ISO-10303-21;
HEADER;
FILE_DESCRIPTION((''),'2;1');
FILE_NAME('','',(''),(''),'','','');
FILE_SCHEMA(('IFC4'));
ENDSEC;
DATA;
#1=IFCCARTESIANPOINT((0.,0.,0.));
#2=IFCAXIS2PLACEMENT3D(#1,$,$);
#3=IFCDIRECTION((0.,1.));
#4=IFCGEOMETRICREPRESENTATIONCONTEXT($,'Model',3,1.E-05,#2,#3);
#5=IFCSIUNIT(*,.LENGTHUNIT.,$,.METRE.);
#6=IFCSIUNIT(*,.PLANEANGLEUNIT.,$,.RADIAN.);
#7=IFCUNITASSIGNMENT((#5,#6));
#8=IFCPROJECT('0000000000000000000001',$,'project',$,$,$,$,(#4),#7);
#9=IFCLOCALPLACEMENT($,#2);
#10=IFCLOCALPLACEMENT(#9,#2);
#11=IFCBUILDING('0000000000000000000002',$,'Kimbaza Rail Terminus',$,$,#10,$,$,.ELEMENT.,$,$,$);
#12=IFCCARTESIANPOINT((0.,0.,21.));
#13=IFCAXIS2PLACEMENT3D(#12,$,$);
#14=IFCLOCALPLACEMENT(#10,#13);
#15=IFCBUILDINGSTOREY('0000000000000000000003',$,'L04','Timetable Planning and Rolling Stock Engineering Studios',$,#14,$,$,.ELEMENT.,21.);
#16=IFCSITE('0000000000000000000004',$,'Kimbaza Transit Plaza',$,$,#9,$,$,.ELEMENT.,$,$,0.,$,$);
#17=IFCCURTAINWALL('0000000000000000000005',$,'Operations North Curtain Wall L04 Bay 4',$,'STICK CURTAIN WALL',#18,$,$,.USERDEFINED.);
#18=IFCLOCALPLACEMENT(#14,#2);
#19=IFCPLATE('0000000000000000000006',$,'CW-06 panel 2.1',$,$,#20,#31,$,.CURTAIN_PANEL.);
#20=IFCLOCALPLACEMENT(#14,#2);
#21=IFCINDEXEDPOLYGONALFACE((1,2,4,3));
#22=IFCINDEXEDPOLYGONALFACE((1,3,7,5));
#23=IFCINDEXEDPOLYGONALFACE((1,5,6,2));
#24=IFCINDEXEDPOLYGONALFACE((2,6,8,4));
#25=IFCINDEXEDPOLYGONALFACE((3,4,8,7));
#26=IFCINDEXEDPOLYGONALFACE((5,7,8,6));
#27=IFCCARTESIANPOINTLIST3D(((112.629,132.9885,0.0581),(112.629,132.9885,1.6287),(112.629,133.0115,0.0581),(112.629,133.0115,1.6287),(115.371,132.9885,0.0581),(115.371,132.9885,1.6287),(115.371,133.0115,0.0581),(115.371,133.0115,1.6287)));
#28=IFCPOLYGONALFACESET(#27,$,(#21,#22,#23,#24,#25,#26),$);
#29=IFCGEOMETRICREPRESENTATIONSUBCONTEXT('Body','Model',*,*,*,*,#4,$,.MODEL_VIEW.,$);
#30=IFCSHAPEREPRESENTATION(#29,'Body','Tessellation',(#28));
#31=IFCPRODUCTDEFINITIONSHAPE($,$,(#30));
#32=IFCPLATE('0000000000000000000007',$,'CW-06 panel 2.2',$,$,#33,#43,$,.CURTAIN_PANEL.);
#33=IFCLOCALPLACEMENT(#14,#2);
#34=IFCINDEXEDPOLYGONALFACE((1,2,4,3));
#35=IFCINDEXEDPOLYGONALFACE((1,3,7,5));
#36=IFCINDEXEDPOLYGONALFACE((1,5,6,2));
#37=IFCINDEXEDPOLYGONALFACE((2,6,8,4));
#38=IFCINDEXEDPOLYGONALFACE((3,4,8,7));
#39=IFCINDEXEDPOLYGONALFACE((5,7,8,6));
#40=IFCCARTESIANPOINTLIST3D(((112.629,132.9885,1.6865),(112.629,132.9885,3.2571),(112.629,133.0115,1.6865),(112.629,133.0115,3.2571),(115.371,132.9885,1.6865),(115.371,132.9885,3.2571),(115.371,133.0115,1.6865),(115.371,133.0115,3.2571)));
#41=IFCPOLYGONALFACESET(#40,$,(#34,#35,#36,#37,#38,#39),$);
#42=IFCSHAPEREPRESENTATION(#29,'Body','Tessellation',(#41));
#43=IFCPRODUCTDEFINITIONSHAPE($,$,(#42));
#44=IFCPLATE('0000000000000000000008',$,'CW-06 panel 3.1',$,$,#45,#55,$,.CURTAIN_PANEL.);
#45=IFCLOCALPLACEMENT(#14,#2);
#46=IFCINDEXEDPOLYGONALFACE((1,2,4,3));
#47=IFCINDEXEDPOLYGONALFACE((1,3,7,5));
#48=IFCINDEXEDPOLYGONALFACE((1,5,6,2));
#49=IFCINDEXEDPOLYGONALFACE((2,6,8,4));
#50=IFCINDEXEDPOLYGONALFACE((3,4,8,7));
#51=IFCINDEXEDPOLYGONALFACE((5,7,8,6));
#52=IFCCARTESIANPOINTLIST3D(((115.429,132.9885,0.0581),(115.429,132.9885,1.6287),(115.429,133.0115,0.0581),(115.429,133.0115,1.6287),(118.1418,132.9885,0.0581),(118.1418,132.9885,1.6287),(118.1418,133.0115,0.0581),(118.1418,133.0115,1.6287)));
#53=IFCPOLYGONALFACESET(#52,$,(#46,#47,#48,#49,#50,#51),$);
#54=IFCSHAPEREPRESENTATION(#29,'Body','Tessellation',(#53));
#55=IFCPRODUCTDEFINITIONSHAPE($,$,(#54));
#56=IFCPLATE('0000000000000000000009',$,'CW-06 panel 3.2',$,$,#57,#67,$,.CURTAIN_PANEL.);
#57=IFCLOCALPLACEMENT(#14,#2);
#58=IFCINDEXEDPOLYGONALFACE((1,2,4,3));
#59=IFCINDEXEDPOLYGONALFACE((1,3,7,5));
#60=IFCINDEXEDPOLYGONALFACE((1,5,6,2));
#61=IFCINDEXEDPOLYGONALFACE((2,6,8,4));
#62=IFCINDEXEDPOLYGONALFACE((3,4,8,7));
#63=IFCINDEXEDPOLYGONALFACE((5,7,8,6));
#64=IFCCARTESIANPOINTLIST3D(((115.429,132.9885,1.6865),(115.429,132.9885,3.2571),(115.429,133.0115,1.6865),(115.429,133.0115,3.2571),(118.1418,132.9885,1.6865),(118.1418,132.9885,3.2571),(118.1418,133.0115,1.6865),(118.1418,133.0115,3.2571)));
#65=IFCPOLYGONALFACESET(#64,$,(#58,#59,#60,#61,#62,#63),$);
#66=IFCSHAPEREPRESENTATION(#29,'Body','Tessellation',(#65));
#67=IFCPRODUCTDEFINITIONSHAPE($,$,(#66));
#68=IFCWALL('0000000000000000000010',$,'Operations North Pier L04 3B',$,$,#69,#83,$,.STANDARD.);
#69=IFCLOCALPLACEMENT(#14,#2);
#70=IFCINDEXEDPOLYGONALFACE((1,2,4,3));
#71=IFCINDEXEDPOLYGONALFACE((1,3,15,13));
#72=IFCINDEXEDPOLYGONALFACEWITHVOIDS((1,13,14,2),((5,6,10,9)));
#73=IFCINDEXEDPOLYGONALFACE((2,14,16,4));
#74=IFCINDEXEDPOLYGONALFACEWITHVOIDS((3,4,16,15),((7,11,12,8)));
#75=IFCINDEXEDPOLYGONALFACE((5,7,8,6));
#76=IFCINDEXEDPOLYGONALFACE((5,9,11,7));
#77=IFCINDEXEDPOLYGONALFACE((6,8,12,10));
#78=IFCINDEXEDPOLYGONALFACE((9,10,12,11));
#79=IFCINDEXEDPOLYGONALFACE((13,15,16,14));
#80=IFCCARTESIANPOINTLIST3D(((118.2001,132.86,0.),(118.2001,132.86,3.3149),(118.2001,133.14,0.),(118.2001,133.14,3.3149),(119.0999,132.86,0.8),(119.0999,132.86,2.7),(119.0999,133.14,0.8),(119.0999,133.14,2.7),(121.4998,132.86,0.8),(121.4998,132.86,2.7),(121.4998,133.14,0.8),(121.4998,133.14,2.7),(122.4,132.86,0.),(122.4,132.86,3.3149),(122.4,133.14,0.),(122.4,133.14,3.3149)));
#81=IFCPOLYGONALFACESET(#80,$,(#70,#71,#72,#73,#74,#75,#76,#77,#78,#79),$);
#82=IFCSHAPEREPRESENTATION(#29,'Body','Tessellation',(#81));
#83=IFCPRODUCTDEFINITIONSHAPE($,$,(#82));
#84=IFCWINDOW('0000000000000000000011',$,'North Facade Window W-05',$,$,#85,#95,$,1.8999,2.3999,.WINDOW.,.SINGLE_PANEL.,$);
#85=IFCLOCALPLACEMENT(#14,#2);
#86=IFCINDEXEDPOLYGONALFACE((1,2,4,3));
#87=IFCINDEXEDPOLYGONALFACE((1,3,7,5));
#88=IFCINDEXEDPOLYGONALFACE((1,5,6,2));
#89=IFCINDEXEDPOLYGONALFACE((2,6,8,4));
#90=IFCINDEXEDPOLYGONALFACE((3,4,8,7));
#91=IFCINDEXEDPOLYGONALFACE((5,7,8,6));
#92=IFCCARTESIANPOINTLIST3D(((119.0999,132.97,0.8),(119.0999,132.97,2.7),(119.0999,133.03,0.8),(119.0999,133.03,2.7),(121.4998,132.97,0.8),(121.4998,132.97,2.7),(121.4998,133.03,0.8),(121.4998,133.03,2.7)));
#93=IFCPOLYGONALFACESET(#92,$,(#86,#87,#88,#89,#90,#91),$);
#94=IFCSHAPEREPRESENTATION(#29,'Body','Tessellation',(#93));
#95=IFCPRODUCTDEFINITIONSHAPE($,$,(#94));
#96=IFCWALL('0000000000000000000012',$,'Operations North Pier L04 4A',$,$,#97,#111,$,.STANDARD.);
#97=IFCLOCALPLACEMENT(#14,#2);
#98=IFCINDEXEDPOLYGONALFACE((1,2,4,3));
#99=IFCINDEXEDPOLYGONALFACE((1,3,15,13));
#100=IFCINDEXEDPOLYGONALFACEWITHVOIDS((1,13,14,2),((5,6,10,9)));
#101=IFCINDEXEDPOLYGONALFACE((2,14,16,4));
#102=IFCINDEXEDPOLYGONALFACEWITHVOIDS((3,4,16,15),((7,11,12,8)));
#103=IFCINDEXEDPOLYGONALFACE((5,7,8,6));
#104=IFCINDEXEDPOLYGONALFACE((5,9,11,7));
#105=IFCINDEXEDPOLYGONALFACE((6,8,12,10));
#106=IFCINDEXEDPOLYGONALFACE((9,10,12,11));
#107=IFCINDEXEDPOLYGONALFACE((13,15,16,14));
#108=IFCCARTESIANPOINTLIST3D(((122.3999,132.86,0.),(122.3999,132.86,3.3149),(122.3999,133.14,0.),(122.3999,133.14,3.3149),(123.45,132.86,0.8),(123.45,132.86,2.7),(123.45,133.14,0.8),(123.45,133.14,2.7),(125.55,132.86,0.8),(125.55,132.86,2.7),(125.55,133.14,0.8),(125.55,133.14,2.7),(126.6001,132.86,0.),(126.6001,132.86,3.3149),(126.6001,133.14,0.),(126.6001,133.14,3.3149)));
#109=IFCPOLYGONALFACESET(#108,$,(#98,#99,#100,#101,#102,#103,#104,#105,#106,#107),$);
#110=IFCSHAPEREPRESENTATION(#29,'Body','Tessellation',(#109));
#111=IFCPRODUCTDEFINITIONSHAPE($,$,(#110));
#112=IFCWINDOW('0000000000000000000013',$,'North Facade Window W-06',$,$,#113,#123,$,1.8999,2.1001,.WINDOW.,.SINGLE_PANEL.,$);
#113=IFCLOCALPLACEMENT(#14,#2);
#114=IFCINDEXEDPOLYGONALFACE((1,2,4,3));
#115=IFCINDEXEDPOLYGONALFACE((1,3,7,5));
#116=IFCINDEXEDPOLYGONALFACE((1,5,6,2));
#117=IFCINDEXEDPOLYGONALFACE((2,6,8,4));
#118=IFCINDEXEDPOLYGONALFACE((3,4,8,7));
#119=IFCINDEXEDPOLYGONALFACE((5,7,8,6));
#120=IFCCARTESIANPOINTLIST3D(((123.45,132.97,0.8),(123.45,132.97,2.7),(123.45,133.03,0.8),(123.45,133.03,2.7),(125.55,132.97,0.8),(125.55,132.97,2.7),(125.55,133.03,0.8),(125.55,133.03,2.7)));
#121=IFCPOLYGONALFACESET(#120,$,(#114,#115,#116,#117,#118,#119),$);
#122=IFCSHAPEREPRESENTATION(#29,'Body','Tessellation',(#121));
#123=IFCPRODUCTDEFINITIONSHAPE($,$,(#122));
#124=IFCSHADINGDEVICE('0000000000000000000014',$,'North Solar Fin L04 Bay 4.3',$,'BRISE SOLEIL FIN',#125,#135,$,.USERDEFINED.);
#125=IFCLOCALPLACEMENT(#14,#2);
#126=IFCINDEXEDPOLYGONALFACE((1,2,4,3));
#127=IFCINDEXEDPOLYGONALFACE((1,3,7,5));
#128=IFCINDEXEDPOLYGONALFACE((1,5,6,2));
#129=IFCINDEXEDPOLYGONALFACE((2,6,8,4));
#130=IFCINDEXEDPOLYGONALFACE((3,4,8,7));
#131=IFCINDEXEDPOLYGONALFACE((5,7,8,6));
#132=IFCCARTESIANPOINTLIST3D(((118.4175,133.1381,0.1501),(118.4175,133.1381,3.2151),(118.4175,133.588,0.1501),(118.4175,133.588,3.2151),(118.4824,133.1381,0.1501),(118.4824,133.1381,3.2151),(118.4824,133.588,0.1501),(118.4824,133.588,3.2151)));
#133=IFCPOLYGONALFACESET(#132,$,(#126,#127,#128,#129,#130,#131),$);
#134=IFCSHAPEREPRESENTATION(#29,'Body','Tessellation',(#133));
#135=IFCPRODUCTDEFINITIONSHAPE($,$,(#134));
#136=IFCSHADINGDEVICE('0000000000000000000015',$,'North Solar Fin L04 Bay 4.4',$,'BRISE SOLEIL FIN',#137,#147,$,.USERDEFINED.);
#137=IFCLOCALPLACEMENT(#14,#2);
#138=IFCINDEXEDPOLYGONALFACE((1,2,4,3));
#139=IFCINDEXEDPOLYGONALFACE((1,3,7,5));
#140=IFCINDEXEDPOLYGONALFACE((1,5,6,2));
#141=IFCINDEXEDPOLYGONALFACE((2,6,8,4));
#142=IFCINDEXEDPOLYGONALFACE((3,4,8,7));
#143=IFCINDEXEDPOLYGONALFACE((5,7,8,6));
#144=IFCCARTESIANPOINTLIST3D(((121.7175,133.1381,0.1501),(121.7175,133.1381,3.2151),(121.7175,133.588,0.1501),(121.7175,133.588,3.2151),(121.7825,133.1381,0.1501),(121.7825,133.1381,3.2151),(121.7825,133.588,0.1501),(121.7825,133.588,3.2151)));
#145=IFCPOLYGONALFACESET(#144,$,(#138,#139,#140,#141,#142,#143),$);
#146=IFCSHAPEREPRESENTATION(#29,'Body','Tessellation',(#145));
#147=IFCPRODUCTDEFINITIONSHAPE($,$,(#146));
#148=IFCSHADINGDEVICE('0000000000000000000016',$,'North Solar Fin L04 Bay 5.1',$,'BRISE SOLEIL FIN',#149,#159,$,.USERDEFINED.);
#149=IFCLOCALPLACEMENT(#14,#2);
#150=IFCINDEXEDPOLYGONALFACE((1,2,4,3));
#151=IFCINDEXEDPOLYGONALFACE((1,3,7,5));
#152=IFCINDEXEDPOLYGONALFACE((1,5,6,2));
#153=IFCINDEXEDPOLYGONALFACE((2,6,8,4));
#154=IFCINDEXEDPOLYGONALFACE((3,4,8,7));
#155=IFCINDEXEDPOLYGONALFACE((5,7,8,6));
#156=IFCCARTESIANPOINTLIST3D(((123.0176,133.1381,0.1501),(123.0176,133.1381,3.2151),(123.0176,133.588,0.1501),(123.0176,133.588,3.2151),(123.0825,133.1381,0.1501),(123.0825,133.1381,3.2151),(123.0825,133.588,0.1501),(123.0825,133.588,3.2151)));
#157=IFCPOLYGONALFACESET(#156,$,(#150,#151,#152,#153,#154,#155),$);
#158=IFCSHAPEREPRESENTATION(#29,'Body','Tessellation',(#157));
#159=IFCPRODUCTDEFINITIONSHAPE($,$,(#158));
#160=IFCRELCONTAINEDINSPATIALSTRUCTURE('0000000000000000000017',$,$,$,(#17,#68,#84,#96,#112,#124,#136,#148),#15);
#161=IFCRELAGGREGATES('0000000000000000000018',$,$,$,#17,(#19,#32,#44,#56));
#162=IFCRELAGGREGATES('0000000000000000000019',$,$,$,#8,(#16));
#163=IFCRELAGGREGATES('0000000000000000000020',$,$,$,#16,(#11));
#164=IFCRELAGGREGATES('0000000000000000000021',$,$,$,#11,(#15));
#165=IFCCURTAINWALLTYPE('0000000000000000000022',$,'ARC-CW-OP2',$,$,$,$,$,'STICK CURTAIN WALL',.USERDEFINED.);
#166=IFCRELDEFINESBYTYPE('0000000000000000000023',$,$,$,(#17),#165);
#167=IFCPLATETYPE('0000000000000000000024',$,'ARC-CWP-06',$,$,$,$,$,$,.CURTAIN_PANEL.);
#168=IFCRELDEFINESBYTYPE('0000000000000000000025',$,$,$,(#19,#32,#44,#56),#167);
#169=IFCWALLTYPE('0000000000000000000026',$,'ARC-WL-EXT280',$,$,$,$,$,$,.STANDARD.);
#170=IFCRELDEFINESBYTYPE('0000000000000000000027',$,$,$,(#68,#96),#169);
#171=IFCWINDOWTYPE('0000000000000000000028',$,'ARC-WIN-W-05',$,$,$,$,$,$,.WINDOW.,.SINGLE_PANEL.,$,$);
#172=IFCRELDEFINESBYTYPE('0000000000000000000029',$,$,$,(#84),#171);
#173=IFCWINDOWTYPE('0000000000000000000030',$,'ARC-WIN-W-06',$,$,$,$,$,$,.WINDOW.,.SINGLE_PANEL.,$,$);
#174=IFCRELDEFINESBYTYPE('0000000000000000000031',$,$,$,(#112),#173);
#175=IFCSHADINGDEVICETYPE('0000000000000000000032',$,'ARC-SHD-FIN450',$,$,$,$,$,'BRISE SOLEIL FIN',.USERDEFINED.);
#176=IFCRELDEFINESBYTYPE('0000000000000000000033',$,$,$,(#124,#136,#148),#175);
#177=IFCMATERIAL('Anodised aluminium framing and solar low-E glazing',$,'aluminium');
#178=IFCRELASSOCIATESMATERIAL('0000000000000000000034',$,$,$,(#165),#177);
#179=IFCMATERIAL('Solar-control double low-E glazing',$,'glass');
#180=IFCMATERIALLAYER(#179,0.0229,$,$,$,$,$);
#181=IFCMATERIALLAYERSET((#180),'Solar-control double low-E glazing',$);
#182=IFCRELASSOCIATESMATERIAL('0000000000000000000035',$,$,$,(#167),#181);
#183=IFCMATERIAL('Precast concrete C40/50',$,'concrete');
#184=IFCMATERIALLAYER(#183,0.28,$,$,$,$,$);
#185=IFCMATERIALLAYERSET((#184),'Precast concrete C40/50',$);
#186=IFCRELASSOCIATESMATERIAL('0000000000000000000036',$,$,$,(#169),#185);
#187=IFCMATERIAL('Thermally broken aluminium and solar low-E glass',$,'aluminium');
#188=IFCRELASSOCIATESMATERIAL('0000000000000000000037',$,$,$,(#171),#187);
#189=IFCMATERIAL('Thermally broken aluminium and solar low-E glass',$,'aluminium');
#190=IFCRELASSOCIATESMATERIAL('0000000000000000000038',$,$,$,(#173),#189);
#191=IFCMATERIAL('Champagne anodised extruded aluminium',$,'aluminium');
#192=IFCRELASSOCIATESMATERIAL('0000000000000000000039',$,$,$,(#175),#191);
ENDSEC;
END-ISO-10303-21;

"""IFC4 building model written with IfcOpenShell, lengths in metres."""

from ifc_helpers import new_model, si_unit, direction, frame, frame_2d, origin, origin_2d, place, context, subcontext, project, spatial, rectangle, extrude, material, layer, layer_set, type_object, element, fill, aggregate, save


model = new_model("IFC4")

# Units and contexts
model_context = context("Model", 3, precision=1e-05, world=origin(), true_north=direction((0.0, 1.0)))
body_context = subcontext(model_context, "Body", "Model", "MODEL_VIEW")
ifc_project = project(units=[si_unit("LENGTHUNIT", "METRE"), si_unit("PLANEANGLEUNIT", "RADIAN")], contexts=[model_context])

# Site, building, storey
site_placement = place(None, origin())
site = spatial("IfcSite", under=ifc_project, at=site_placement, Name="Kimbaza Transit Plaza", CompositionType="ELEMENT", RefElevation=0.0)
building_placement = place(site_placement, origin())
building = spatial("IfcBuilding", under=site, at=building_placement, Name="Kimbaza Rail Terminus", CompositionType="ELEMENT")
storey_placement = place(building_placement, frame((0.0, 0.0, 21.0)))
storey = spatial("IfcBuildingStorey", under=building, at=storey_placement, Name="L04", Description="Timetable Planning and Rolling Stock Engineering Studios", CompositionType="ELEMENT", Elevation=21.0)

# Curtain wall
ifc_material_1 = material(Name="Anodised aluminium framing and solar low-E glazing", Category="aluminium")
curtain_wall_type = type_object("IfcCurtainWallType", Name="ARC-CW-OP2", ElementType="STICK CURTAIN WALL", PredefinedType="USERDEFINED", material=ifc_material_1)
curtain_wall_placement = place(storey_placement, origin())
curtain_wall = element("IfcCurtainWall", 1, at=curtain_wall_placement, inside=storey, type_object=curtain_wall_type, Name="Operations North Curtain Wall L04 Bay 4", ObjectType="STICK CURTAIN WALL", PredefinedType="USERDEFINED")

# Plates
ifc_material_2 = material(Name="Solar-control double low-E glazing", Category="glass")
ifc_layer_1 = layer(ifc_material_2, 0.0229)
ifc_layer_set_1 = layer_set([ifc_layer_1], Name="Solar-control double low-E glazing")
plate_type = type_object("IfcPlateType", Name="ARC-CWP-06", PredefinedType="CURTAIN_PANEL", material=ifc_layer_set_1)
plate_1_placement = place(storey_placement, frame((114.0, 133.0, 0.0581), z_axis=(0.0, 0.0, 1.0), x_axis=(1.0, 0.0, 0.0)))
plate_1 = element("IfcPlate", 2, at=plate_1_placement, type_object=plate_type, Name="CW-06 panel 2.1", PredefinedType="CURTAIN_PANEL", context=body_context, shape_type="SweptSolid", body=[
    extrude(rectangle(XDim=2.7419, YDim=0.0229, at=origin_2d()), origin(), (0.0, 0.0, 1.0), 1.5706),
])
plate_2_placement = place(storey_placement, frame((114.0, 133.0, 1.6865), z_axis=(0.0, 0.0, 1.0), x_axis=(1.0, 0.0, 0.0)))
plate_2 = element("IfcPlate", 3, at=plate_2_placement, type_object=plate_type, Name="CW-06 panel 2.2", PredefinedType="CURTAIN_PANEL", context=body_context, shape_type="SweptSolid", body=[
    extrude(rectangle(XDim=2.7419, YDim=0.0229, at=origin_2d()), origin(), (0.0, 0.0, 1.0), 1.5706),
])
plate_3_placement = place(storey_placement, frame((116.7854, 133.0, 0.0581), z_axis=(0.0, 0.0, 1.0), x_axis=(1.0, 0.0, 0.0)))
plate_3 = element("IfcPlate", 4, at=plate_3_placement, type_object=plate_type, Name="CW-06 panel 3.1", PredefinedType="CURTAIN_PANEL", context=body_context, shape_type="SweptSolid", body=[
    extrude(rectangle(XDim=2.7129, YDim=0.0229, at=origin_2d()), origin(), (0.0, 0.0, 1.0), 1.5706),
])
plate_4_placement = place(storey_placement, frame((116.7854, 133.0, 1.6865), z_axis=(0.0, 0.0, 1.0), x_axis=(1.0, 0.0, 0.0)))
plate_4 = element("IfcPlate", 5, at=plate_4_placement, type_object=plate_type, Name="CW-06 panel 3.2", PredefinedType="CURTAIN_PANEL", context=body_context, shape_type="SweptSolid", body=[
    extrude(rectangle(XDim=2.7129, YDim=0.0229, at=origin_2d()), origin(), (0.0, 0.0, 1.0), 1.5706),
])
aggregate(curtain_wall, [plate_1, plate_2, plate_3, plate_4])

# Walls, openings, windows
ifc_material_3 = material(Name="Precast concrete C40/50", Category="concrete")
ifc_layer_2 = layer(ifc_material_3, 0.28)
ifc_layer_set_2 = layer_set([ifc_layer_2], Name="Precast concrete C40/50")
wall_type = type_object("IfcWallType", Name="ARC-WL-EXT280", PredefinedType="STANDARD", material=ifc_layer_set_2)
wall_1_placement = place(storey_placement, frame((118.2, 133.0, 0.0), z_axis=(0.0, 0.0, 1.0), x_axis=(1.0, 0.0, 0.0)))
wall_1 = element("IfcWall", 6, at=wall_1_placement, inside=storey, type_object=wall_type, Name="Operations North Pier L04 3B", PredefinedType="STANDARD", context=body_context, shape_type="SweptSolid", body=[
    extrude(rectangle(XDim=4.2, YDim=0.28, at=frame_2d((2.1001, 0.0))), origin(), (0.0, 0.0, 1.0), 3.3149),
])
opening_1_placement = place(wall_1_placement, frame((0.8999, 0.0, 0.8)))
opening_1 = element("IfcOpeningElement", 7, at=opening_1_placement, cuts=wall_1, PredefinedType="OPENING", context=body_context, shape_type="SweptSolid", body=[
    extrude(rectangle(XDim=2.3999, YDim=1.8999, at=frame_2d((1.2, 0.95))), frame((0.0, 0.1499, 0.0), z_axis=(0.0, -1.0, 0.0), x_axis=(1.0, 0.0, 0.0)), (0.0, 0.0, 1.0), 0.3),
])
ifc_material_4 = material(Name="Thermally broken aluminium and solar low-E glass", Category="aluminium")
window_type_1 = type_object("IfcWindowType", Name="ARC-WIN-W-05", PartitioningType="SINGLE_PANEL", PredefinedType="WINDOW", material=ifc_material_4)
window_1_placement = place(opening_1_placement, origin())
window_1 = element("IfcWindow", 8, at=window_1_placement, inside=storey, type_object=window_type_1, Name="North Facade Window W-05", OverallHeight=1.8999, OverallWidth=2.3999, PartitioningType="SINGLE_PANEL", PredefinedType="WINDOW", context=body_context, shape_type="SweptSolid", body=[
    extrude(rectangle(XDim=2.3999, YDim=1.8999, at=frame_2d((1.2, 0.95))), frame((0.0, 0.03, 0.0), z_axis=(0.0, -1.0, 0.0), x_axis=(1.0, 0.0, 0.0)), (0.0, 0.0, 1.0), 0.0601),
])
fill(opening_1, window_1)
wall_2_placement = place(storey_placement, frame((122.3999, 133.0, 0.0), z_axis=(0.0, 0.0, 1.0), x_axis=(1.0, 0.0, 0.0)))
wall_2 = element("IfcWall", 9, at=wall_2_placement, inside=storey, type_object=wall_type, Name="Operations North Pier L04 4A", PredefinedType="STANDARD", context=body_context, shape_type="SweptSolid", body=[
    extrude(rectangle(XDim=4.2002, YDim=0.28, at=frame_2d((2.1001, 0.0))), origin(), (0.0, 0.0, 1.0), 3.3149),
])
opening_2_placement = place(wall_2_placement, frame((1.05, 0.0, 0.8)))
opening_2 = element("IfcOpeningElement", 10, at=opening_2_placement, cuts=wall_2, PredefinedType="OPENING", context=body_context, shape_type="SweptSolid", body=[
    extrude(rectangle(XDim=2.1001, YDim=1.8999, at=frame_2d((1.05, 0.95))), frame((0.0, 0.1499, 0.0), z_axis=(0.0, -1.0, 0.0), x_axis=(1.0, 0.0, 0.0)), (0.0, 0.0, 1.0), 0.3),
])
ifc_material_5 = material(Name="Thermally broken aluminium and solar low-E glass", Category="aluminium")
window_type_2 = type_object("IfcWindowType", Name="ARC-WIN-W-06", PartitioningType="SINGLE_PANEL", PredefinedType="WINDOW", material=ifc_material_5)
window_2_placement = place(opening_2_placement, origin())
window_2 = element("IfcWindow", 11, at=window_2_placement, inside=storey, type_object=window_type_2, Name="North Facade Window W-06", OverallHeight=1.8999, OverallWidth=2.1001, PartitioningType="SINGLE_PANEL", PredefinedType="WINDOW", context=body_context, shape_type="SweptSolid", body=[
    extrude(rectangle(XDim=2.1001, YDim=1.8999, at=frame_2d((1.05, 0.95))), frame((0.0, 0.03, 0.0), z_axis=(0.0, -1.0, 0.0), x_axis=(1.0, 0.0, 0.0)), (0.0, 0.0, 1.0), 0.0601),
])
fill(opening_2, window_2)

# Shading devices
ifc_material_6 = material(Name="Champagne anodised extruded aluminium", Category="aluminium")
shading_device_type = type_object("IfcShadingDeviceType", Name="ARC-SHD-FIN450", ElementType="BRISE SOLEIL FIN", PredefinedType="USERDEFINED", material=ifc_material_6)
for number, where, z_axis, x_axis, name in (
    (12, (118.45, 133.363, 0.1501), (0.0, 0.0, 1.0), (1.0, 0.0, 0.0), "North Solar Fin L04 Bay 4.3"),
    (13, (121.75, 133.363, 0.1501), (0.0, 0.0, 1.0), (1.0, 0.0, 0.0), "North Solar Fin L04 Bay 4.4"),
    (14, (123.05, 133.363, 0.1501), (0.0, 0.0, 1.0), (1.0, 0.0, 0.0), "North Solar Fin L04 Bay 5.1"),
):
    element("IfcShadingDevice", number, at=place(storey_placement, frame(where, z_axis=z_axis, x_axis=x_axis)), inside=storey, type_object=shading_device_type, Name=name, ObjectType="BRISE SOLEIL FIN", PredefinedType="USERDEFINED", context=body_context, shape_type="SweptSolid", body=[
        extrude(rectangle(XDim=0.0649, YDim=0.45, at=origin_2d()), origin(), (0.0, 0.0, 1.0), 3.0649),
    ])

save(model, "model.ifc")
